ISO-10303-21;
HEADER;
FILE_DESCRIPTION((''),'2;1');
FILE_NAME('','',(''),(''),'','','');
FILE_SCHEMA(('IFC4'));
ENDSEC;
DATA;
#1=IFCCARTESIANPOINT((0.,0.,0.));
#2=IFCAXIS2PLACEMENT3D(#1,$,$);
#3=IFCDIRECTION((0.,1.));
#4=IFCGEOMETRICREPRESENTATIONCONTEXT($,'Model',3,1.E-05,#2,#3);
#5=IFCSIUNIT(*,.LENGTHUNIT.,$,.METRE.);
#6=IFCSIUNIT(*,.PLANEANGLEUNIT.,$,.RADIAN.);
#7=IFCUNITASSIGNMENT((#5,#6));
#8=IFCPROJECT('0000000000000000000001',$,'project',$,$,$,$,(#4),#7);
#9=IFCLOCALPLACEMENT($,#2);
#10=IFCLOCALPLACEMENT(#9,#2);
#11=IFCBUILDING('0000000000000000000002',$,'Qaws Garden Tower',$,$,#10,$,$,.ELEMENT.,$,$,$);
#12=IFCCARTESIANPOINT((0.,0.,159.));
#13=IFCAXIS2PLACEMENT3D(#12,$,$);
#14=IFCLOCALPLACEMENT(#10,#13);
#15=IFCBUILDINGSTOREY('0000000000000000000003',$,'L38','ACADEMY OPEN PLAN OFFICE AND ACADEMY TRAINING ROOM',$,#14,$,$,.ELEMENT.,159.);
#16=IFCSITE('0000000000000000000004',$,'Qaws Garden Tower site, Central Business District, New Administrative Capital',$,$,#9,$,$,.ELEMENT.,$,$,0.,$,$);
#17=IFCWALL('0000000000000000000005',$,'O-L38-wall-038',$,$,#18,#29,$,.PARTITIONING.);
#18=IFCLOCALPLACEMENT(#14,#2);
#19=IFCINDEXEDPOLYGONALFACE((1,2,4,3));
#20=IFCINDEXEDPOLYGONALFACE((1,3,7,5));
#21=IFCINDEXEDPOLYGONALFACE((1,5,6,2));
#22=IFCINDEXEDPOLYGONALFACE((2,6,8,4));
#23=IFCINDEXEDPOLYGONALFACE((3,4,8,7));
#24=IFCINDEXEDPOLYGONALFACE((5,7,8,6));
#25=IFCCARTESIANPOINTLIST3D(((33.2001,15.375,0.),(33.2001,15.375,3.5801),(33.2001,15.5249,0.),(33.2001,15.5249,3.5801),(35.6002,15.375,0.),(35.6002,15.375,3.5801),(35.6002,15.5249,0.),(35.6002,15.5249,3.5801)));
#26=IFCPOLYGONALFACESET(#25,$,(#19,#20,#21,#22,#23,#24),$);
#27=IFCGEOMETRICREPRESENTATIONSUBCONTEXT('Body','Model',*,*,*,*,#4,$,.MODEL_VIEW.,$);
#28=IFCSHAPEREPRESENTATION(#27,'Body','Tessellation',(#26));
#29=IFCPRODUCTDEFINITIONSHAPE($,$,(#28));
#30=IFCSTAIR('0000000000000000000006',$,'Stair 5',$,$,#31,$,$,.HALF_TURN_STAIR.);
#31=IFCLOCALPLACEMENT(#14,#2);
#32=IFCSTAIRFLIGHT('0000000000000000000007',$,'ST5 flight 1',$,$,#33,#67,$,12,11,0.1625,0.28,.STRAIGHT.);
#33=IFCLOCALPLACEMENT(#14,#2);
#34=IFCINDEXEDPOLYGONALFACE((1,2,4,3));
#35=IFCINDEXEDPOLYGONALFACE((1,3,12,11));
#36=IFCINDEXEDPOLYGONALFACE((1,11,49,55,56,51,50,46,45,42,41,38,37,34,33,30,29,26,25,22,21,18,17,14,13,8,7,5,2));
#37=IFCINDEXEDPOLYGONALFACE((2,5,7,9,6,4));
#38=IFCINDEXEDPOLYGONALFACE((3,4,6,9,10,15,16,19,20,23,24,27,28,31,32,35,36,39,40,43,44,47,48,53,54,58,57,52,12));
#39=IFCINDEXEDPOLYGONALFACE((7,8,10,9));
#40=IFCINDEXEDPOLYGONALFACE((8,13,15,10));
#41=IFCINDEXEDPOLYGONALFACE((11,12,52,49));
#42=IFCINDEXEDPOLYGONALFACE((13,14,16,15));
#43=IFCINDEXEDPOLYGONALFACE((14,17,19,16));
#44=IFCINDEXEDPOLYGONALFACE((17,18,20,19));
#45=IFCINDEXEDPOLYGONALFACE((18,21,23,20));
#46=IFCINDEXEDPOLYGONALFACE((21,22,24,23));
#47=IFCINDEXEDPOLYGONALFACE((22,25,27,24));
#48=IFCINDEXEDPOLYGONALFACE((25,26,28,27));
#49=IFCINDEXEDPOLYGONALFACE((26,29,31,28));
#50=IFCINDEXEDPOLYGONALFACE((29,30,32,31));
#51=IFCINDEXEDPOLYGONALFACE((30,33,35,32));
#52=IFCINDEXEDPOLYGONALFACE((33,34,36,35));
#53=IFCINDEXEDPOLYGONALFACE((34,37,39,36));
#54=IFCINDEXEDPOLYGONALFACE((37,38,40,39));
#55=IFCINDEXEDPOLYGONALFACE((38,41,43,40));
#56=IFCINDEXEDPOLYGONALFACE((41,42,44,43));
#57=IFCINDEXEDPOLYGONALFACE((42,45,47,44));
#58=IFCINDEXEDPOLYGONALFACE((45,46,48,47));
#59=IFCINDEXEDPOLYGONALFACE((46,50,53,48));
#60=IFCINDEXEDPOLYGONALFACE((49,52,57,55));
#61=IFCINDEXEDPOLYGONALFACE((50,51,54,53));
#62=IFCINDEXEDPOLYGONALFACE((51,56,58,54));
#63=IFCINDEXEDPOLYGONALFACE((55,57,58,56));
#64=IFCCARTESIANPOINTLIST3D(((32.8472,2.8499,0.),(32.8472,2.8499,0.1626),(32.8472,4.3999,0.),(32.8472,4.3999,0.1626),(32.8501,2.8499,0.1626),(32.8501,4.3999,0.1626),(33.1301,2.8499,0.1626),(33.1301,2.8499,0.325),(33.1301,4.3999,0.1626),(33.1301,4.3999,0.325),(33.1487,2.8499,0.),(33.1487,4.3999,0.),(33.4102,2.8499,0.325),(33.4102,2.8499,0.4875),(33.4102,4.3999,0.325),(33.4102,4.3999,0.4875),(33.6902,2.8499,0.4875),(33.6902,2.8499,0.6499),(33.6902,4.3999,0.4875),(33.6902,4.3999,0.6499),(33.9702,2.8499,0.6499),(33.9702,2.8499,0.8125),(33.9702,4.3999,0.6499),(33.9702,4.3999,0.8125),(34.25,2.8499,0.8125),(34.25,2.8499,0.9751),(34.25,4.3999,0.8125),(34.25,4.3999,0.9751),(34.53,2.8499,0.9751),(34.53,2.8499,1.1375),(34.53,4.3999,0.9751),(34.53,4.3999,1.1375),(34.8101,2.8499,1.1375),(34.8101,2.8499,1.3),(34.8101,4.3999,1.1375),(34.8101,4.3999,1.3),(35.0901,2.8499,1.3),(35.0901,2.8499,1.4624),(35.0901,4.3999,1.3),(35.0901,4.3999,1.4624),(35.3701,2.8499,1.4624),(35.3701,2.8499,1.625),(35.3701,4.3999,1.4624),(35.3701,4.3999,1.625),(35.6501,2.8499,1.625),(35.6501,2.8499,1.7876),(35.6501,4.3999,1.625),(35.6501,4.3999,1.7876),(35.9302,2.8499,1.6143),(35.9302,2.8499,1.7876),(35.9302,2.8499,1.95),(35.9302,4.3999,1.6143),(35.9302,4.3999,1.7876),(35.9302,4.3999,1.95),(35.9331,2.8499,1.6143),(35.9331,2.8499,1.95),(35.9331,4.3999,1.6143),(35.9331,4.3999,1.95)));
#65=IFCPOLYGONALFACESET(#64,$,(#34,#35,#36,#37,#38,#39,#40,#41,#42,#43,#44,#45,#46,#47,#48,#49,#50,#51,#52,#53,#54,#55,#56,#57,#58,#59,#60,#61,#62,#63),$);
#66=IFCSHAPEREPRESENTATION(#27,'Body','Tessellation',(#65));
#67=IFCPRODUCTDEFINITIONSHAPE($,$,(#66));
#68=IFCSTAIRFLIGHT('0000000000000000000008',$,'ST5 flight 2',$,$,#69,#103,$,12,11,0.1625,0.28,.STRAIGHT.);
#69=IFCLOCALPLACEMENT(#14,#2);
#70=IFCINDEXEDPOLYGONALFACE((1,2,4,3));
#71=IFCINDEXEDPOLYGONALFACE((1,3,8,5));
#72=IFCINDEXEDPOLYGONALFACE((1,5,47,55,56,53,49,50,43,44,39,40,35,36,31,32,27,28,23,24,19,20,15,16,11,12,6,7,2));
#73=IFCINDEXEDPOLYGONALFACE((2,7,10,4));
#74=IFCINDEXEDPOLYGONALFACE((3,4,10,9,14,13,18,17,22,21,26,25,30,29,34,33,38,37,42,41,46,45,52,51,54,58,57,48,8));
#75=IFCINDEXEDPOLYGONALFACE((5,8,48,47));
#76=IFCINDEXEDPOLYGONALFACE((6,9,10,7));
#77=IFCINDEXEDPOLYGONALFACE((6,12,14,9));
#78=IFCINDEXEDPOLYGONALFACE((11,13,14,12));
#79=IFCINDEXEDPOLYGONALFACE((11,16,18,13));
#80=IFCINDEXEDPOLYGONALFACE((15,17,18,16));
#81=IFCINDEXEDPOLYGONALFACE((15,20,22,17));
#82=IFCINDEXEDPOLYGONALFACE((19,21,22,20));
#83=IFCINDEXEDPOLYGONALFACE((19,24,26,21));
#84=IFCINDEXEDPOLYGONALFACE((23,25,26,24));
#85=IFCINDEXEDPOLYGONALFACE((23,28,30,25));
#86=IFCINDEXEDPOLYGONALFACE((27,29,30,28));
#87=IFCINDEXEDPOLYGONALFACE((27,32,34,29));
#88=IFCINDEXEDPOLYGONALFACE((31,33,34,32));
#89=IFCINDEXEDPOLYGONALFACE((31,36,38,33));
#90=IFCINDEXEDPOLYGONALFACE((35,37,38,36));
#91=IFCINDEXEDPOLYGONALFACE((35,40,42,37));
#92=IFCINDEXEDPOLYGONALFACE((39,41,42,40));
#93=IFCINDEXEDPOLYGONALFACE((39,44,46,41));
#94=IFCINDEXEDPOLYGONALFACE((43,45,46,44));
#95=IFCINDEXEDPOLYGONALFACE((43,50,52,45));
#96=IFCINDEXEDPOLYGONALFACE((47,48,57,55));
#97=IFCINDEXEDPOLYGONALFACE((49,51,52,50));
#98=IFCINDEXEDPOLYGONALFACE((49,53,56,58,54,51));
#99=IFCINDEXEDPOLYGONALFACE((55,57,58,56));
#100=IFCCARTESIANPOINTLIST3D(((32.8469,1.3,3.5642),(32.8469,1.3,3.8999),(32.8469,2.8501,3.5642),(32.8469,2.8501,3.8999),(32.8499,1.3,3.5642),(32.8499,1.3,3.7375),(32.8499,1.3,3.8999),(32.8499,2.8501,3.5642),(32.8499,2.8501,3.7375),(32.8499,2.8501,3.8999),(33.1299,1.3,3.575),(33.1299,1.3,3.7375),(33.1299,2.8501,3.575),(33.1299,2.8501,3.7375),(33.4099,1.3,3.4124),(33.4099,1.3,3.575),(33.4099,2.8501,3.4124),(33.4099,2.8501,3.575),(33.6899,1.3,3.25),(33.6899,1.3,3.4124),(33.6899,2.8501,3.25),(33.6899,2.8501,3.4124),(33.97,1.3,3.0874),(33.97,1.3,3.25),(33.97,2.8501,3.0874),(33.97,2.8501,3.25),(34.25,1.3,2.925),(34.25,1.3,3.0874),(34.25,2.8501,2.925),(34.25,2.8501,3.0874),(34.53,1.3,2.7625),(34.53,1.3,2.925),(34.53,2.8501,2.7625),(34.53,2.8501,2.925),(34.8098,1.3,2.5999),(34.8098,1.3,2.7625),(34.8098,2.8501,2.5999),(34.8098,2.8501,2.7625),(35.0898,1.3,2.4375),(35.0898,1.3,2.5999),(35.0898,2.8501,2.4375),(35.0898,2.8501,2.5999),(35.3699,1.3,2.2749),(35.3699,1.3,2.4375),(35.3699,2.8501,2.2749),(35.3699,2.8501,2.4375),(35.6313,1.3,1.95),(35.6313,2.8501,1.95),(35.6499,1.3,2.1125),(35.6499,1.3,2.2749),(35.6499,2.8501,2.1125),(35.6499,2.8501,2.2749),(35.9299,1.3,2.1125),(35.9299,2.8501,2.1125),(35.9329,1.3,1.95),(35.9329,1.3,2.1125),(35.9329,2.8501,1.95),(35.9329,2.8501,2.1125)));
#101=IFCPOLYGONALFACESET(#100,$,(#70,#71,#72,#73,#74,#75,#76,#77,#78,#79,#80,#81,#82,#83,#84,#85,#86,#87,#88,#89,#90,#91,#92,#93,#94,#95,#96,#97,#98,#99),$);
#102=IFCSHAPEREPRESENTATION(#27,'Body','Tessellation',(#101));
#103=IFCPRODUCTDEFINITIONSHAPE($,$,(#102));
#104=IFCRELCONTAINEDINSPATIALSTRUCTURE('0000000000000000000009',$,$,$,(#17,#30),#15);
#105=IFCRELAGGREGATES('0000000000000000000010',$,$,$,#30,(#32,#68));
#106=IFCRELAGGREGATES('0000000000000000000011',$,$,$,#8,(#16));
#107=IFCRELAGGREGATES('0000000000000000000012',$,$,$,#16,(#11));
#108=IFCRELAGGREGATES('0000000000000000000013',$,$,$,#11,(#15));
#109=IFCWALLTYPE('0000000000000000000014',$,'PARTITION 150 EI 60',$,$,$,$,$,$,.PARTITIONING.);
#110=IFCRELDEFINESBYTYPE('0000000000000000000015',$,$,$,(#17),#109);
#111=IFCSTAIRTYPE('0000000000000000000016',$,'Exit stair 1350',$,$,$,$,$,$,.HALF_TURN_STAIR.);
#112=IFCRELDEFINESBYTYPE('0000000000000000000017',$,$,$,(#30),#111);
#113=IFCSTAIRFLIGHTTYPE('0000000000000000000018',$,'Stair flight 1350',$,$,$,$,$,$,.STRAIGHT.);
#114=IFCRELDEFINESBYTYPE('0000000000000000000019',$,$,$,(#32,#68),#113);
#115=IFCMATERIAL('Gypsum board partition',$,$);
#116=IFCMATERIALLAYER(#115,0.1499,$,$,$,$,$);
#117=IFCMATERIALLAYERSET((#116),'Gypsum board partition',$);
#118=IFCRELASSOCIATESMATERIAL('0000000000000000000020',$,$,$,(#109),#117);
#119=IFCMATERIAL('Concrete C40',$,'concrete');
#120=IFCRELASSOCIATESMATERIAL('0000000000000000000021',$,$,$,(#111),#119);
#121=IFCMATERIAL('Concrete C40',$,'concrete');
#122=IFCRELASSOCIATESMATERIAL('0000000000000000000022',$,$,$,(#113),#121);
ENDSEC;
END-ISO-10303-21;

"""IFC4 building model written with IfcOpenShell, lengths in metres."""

from ifc_helpers import new_model, si_unit, direction, frame, frame_2d, origin, place, context, subcontext, project, spatial, polyline, rectangle, outline, extrude, material, layer, layer_set, type_object, element, aggregate, save


model = new_model("IFC4")

# Units and contexts
model_context = context("Model", 3, precision=1e-05, world=origin(), true_north=direction((0.0, 1.0)))
body_context = subcontext(model_context, "Body", "Model", "MODEL_VIEW")
ifc_project = project(units=[si_unit("LENGTHUNIT", "METRE"), si_unit("PLANEANGLEUNIT", "RADIAN")], contexts=[model_context])

# Site, building, storey
site_placement = place(None, origin())
site = spatial("IfcSite", under=ifc_project, at=site_placement, Name="Qaws Garden Tower site, Central Business District, New Administrative Capital", CompositionType="ELEMENT", RefElevation=0.0)
building_placement = place(site_placement, origin())
building = spatial("IfcBuilding", under=site, at=building_placement, Name="Qaws Garden Tower", CompositionType="ELEMENT")
storey_placement = place(building_placement, frame((0.0, 0.0, 159.0)))
storey = spatial("IfcBuildingStorey", under=building, at=storey_placement, Name="L38", Description="ACADEMY OPEN PLAN OFFICE AND ACADEMY TRAINING ROOM", CompositionType="ELEMENT", Elevation=159.0)

# Shared definitions
ifc_material_1 = material(Name="Gypsum board partition")
ifc_layer_1 = layer(ifc_material_1, 0.1499)
ifc_layer_set_1 = layer_set([ifc_layer_1], Name="Gypsum board partition")
wall_type_1 = type_object("IfcWallType", Name="PARTITION 150 EI 60", PredefinedType="PARTITIONING", material=ifc_layer_set_1)

# Wall
for number, where, z_axis, x_axis, name in (
    (1, (33.2, 15.45, 0.0), (0.0, 0.0, 1.0), (1.0, 0.0, 0.0), "O-L38-wall-038"),
):
    element("IfcWall", number, at=place(storey_placement, frame(where, z_axis=z_axis, x_axis=x_axis)), inside=storey, type_object=wall_type_1, Name=name, PredefinedType="PARTITIONING", context=body_context, shape_type="SweptSolid", body=[
        extrude(rectangle(XDim=2.4001, YDim=0.1499, at=frame_2d((1.2002, 0.0))), origin(), (0.0, 0.0, 1.0), 3.5801),
    ])

# Stair, stair flights
ifc_material_2 = material(Name="Concrete C40", Category="concrete")
stair_type = type_object("IfcStairType", Name="Exit stair 1350", PredefinedType="HALF_TURN_STAIR", material=ifc_material_2)
stair_placement = place(storey_placement, origin())
stair = element("IfcStair", 2, at=stair_placement, inside=storey, type_object=stair_type, Name="Stair 5", PredefinedType="HALF_TURN_STAIR")
ifc_material_3 = material(Name="Concrete C40", Category="concrete")
stair_flight_type = type_object("IfcStairFlightType", Name="Stair flight 1350", PredefinedType="STRAIGHT", material=ifc_material_3)
stair_flight_1_placement = place(storey_placement, frame((32.8501, 3.625, 0.0), z_axis=(0.0, 0.0, 1.0), x_axis=(1.0, 0.0, 0.0)))
stair_flight_1 = element("IfcStairFlight", 3, at=stair_flight_1_placement, type_object=stair_flight_type, Name="ST5 flight 1", NumberOfRisers=12, NumberOfTreads=11, PredefinedType="STRAIGHT", RiserHeight=0.1625, TreadLength=0.28, context=body_context, shape_type="SweptSolid", body=[
    extrude(outline(polyline([(-0.0029, 0.0), (-0.0029, 0.1626), (0.0, 0.1626), (0.28, 0.1626), (0.28, 0.325), (0.5601, 0.325), (0.5601, 0.4875), (0.8401, 0.4875), (0.8401, 0.6499), (1.1201, 0.6499), (1.1201, 0.8125), (1.3999, 0.8125), (1.3999, 0.9751), (1.6799, 0.9751), (1.6799, 1.1375), (1.96, 1.1375), (1.96, 1.3), (2.24, 1.3), (2.24, 1.4624), (2.52, 1.4624), (2.52, 1.625), (2.8, 1.625), (2.8, 1.7876), (3.0801, 1.7876), (3.0801, 1.95), (3.083, 1.95), (3.083, 1.6143), (3.0801, 1.6143), (0.2986, 0.0), (-0.0029, 0.0)])), frame((0.0, 0.7749, 0.0), z_axis=(0.0, -1.0, 0.0), x_axis=(1.0, 0.0, 0.0)), (0.0, 0.0, 1.0), 1.55),
])
stair_flight_2_placement = place(storey_placement, frame((35.9299, 2.075, 1.95), z_axis=(0.0, 0.0, 1.0), x_axis=(-1.0, 0.0, 0.0)))
stair_flight_2 = element("IfcStairFlight", 4, at=stair_flight_2_placement, type_object=stair_flight_type, Name="ST5 flight 2", NumberOfRisers=12, NumberOfTreads=11, PredefinedType="STRAIGHT", RiserHeight=0.1625, TreadLength=0.28, context=body_context, shape_type="SweptSolid", body=[
    extrude(outline(polyline([(-0.0029, 0.0), (-0.0029, 0.1626), (0.0, 0.1626), (0.28, 0.1626), (0.28, 0.325), (0.5601, 0.325), (0.5601, 0.4875), (0.8401, 0.4875), (0.8401, 0.6499), (1.1201, 0.6499), (1.1201, 0.8125), (1.3999, 0.8125), (1.3999, 0.9751), (1.6799, 0.9751), (1.6799, 1.1375), (1.96, 1.1375), (1.96, 1.3), (2.24, 1.3), (2.24, 1.4624), (2.52, 1.4624), (2.52, 1.625), (2.8, 1.625), (2.8, 1.7876), (3.0801, 1.7876), (3.0801, 1.95), (3.083, 1.95), (3.083, 1.6143), (3.0801, 1.6143), (0.2986, 0.0), (-0.0029, 0.0)])), frame((0.0, 0.7749, 0.0), z_axis=(0.0, -1.0, 0.0), x_axis=(1.0, 0.0, 0.0)), (0.0, 0.0, 1.0), 1.55),
])
aggregate(stair, [stair_flight_1, stair_flight_2])

save(model, "model.ifc")
